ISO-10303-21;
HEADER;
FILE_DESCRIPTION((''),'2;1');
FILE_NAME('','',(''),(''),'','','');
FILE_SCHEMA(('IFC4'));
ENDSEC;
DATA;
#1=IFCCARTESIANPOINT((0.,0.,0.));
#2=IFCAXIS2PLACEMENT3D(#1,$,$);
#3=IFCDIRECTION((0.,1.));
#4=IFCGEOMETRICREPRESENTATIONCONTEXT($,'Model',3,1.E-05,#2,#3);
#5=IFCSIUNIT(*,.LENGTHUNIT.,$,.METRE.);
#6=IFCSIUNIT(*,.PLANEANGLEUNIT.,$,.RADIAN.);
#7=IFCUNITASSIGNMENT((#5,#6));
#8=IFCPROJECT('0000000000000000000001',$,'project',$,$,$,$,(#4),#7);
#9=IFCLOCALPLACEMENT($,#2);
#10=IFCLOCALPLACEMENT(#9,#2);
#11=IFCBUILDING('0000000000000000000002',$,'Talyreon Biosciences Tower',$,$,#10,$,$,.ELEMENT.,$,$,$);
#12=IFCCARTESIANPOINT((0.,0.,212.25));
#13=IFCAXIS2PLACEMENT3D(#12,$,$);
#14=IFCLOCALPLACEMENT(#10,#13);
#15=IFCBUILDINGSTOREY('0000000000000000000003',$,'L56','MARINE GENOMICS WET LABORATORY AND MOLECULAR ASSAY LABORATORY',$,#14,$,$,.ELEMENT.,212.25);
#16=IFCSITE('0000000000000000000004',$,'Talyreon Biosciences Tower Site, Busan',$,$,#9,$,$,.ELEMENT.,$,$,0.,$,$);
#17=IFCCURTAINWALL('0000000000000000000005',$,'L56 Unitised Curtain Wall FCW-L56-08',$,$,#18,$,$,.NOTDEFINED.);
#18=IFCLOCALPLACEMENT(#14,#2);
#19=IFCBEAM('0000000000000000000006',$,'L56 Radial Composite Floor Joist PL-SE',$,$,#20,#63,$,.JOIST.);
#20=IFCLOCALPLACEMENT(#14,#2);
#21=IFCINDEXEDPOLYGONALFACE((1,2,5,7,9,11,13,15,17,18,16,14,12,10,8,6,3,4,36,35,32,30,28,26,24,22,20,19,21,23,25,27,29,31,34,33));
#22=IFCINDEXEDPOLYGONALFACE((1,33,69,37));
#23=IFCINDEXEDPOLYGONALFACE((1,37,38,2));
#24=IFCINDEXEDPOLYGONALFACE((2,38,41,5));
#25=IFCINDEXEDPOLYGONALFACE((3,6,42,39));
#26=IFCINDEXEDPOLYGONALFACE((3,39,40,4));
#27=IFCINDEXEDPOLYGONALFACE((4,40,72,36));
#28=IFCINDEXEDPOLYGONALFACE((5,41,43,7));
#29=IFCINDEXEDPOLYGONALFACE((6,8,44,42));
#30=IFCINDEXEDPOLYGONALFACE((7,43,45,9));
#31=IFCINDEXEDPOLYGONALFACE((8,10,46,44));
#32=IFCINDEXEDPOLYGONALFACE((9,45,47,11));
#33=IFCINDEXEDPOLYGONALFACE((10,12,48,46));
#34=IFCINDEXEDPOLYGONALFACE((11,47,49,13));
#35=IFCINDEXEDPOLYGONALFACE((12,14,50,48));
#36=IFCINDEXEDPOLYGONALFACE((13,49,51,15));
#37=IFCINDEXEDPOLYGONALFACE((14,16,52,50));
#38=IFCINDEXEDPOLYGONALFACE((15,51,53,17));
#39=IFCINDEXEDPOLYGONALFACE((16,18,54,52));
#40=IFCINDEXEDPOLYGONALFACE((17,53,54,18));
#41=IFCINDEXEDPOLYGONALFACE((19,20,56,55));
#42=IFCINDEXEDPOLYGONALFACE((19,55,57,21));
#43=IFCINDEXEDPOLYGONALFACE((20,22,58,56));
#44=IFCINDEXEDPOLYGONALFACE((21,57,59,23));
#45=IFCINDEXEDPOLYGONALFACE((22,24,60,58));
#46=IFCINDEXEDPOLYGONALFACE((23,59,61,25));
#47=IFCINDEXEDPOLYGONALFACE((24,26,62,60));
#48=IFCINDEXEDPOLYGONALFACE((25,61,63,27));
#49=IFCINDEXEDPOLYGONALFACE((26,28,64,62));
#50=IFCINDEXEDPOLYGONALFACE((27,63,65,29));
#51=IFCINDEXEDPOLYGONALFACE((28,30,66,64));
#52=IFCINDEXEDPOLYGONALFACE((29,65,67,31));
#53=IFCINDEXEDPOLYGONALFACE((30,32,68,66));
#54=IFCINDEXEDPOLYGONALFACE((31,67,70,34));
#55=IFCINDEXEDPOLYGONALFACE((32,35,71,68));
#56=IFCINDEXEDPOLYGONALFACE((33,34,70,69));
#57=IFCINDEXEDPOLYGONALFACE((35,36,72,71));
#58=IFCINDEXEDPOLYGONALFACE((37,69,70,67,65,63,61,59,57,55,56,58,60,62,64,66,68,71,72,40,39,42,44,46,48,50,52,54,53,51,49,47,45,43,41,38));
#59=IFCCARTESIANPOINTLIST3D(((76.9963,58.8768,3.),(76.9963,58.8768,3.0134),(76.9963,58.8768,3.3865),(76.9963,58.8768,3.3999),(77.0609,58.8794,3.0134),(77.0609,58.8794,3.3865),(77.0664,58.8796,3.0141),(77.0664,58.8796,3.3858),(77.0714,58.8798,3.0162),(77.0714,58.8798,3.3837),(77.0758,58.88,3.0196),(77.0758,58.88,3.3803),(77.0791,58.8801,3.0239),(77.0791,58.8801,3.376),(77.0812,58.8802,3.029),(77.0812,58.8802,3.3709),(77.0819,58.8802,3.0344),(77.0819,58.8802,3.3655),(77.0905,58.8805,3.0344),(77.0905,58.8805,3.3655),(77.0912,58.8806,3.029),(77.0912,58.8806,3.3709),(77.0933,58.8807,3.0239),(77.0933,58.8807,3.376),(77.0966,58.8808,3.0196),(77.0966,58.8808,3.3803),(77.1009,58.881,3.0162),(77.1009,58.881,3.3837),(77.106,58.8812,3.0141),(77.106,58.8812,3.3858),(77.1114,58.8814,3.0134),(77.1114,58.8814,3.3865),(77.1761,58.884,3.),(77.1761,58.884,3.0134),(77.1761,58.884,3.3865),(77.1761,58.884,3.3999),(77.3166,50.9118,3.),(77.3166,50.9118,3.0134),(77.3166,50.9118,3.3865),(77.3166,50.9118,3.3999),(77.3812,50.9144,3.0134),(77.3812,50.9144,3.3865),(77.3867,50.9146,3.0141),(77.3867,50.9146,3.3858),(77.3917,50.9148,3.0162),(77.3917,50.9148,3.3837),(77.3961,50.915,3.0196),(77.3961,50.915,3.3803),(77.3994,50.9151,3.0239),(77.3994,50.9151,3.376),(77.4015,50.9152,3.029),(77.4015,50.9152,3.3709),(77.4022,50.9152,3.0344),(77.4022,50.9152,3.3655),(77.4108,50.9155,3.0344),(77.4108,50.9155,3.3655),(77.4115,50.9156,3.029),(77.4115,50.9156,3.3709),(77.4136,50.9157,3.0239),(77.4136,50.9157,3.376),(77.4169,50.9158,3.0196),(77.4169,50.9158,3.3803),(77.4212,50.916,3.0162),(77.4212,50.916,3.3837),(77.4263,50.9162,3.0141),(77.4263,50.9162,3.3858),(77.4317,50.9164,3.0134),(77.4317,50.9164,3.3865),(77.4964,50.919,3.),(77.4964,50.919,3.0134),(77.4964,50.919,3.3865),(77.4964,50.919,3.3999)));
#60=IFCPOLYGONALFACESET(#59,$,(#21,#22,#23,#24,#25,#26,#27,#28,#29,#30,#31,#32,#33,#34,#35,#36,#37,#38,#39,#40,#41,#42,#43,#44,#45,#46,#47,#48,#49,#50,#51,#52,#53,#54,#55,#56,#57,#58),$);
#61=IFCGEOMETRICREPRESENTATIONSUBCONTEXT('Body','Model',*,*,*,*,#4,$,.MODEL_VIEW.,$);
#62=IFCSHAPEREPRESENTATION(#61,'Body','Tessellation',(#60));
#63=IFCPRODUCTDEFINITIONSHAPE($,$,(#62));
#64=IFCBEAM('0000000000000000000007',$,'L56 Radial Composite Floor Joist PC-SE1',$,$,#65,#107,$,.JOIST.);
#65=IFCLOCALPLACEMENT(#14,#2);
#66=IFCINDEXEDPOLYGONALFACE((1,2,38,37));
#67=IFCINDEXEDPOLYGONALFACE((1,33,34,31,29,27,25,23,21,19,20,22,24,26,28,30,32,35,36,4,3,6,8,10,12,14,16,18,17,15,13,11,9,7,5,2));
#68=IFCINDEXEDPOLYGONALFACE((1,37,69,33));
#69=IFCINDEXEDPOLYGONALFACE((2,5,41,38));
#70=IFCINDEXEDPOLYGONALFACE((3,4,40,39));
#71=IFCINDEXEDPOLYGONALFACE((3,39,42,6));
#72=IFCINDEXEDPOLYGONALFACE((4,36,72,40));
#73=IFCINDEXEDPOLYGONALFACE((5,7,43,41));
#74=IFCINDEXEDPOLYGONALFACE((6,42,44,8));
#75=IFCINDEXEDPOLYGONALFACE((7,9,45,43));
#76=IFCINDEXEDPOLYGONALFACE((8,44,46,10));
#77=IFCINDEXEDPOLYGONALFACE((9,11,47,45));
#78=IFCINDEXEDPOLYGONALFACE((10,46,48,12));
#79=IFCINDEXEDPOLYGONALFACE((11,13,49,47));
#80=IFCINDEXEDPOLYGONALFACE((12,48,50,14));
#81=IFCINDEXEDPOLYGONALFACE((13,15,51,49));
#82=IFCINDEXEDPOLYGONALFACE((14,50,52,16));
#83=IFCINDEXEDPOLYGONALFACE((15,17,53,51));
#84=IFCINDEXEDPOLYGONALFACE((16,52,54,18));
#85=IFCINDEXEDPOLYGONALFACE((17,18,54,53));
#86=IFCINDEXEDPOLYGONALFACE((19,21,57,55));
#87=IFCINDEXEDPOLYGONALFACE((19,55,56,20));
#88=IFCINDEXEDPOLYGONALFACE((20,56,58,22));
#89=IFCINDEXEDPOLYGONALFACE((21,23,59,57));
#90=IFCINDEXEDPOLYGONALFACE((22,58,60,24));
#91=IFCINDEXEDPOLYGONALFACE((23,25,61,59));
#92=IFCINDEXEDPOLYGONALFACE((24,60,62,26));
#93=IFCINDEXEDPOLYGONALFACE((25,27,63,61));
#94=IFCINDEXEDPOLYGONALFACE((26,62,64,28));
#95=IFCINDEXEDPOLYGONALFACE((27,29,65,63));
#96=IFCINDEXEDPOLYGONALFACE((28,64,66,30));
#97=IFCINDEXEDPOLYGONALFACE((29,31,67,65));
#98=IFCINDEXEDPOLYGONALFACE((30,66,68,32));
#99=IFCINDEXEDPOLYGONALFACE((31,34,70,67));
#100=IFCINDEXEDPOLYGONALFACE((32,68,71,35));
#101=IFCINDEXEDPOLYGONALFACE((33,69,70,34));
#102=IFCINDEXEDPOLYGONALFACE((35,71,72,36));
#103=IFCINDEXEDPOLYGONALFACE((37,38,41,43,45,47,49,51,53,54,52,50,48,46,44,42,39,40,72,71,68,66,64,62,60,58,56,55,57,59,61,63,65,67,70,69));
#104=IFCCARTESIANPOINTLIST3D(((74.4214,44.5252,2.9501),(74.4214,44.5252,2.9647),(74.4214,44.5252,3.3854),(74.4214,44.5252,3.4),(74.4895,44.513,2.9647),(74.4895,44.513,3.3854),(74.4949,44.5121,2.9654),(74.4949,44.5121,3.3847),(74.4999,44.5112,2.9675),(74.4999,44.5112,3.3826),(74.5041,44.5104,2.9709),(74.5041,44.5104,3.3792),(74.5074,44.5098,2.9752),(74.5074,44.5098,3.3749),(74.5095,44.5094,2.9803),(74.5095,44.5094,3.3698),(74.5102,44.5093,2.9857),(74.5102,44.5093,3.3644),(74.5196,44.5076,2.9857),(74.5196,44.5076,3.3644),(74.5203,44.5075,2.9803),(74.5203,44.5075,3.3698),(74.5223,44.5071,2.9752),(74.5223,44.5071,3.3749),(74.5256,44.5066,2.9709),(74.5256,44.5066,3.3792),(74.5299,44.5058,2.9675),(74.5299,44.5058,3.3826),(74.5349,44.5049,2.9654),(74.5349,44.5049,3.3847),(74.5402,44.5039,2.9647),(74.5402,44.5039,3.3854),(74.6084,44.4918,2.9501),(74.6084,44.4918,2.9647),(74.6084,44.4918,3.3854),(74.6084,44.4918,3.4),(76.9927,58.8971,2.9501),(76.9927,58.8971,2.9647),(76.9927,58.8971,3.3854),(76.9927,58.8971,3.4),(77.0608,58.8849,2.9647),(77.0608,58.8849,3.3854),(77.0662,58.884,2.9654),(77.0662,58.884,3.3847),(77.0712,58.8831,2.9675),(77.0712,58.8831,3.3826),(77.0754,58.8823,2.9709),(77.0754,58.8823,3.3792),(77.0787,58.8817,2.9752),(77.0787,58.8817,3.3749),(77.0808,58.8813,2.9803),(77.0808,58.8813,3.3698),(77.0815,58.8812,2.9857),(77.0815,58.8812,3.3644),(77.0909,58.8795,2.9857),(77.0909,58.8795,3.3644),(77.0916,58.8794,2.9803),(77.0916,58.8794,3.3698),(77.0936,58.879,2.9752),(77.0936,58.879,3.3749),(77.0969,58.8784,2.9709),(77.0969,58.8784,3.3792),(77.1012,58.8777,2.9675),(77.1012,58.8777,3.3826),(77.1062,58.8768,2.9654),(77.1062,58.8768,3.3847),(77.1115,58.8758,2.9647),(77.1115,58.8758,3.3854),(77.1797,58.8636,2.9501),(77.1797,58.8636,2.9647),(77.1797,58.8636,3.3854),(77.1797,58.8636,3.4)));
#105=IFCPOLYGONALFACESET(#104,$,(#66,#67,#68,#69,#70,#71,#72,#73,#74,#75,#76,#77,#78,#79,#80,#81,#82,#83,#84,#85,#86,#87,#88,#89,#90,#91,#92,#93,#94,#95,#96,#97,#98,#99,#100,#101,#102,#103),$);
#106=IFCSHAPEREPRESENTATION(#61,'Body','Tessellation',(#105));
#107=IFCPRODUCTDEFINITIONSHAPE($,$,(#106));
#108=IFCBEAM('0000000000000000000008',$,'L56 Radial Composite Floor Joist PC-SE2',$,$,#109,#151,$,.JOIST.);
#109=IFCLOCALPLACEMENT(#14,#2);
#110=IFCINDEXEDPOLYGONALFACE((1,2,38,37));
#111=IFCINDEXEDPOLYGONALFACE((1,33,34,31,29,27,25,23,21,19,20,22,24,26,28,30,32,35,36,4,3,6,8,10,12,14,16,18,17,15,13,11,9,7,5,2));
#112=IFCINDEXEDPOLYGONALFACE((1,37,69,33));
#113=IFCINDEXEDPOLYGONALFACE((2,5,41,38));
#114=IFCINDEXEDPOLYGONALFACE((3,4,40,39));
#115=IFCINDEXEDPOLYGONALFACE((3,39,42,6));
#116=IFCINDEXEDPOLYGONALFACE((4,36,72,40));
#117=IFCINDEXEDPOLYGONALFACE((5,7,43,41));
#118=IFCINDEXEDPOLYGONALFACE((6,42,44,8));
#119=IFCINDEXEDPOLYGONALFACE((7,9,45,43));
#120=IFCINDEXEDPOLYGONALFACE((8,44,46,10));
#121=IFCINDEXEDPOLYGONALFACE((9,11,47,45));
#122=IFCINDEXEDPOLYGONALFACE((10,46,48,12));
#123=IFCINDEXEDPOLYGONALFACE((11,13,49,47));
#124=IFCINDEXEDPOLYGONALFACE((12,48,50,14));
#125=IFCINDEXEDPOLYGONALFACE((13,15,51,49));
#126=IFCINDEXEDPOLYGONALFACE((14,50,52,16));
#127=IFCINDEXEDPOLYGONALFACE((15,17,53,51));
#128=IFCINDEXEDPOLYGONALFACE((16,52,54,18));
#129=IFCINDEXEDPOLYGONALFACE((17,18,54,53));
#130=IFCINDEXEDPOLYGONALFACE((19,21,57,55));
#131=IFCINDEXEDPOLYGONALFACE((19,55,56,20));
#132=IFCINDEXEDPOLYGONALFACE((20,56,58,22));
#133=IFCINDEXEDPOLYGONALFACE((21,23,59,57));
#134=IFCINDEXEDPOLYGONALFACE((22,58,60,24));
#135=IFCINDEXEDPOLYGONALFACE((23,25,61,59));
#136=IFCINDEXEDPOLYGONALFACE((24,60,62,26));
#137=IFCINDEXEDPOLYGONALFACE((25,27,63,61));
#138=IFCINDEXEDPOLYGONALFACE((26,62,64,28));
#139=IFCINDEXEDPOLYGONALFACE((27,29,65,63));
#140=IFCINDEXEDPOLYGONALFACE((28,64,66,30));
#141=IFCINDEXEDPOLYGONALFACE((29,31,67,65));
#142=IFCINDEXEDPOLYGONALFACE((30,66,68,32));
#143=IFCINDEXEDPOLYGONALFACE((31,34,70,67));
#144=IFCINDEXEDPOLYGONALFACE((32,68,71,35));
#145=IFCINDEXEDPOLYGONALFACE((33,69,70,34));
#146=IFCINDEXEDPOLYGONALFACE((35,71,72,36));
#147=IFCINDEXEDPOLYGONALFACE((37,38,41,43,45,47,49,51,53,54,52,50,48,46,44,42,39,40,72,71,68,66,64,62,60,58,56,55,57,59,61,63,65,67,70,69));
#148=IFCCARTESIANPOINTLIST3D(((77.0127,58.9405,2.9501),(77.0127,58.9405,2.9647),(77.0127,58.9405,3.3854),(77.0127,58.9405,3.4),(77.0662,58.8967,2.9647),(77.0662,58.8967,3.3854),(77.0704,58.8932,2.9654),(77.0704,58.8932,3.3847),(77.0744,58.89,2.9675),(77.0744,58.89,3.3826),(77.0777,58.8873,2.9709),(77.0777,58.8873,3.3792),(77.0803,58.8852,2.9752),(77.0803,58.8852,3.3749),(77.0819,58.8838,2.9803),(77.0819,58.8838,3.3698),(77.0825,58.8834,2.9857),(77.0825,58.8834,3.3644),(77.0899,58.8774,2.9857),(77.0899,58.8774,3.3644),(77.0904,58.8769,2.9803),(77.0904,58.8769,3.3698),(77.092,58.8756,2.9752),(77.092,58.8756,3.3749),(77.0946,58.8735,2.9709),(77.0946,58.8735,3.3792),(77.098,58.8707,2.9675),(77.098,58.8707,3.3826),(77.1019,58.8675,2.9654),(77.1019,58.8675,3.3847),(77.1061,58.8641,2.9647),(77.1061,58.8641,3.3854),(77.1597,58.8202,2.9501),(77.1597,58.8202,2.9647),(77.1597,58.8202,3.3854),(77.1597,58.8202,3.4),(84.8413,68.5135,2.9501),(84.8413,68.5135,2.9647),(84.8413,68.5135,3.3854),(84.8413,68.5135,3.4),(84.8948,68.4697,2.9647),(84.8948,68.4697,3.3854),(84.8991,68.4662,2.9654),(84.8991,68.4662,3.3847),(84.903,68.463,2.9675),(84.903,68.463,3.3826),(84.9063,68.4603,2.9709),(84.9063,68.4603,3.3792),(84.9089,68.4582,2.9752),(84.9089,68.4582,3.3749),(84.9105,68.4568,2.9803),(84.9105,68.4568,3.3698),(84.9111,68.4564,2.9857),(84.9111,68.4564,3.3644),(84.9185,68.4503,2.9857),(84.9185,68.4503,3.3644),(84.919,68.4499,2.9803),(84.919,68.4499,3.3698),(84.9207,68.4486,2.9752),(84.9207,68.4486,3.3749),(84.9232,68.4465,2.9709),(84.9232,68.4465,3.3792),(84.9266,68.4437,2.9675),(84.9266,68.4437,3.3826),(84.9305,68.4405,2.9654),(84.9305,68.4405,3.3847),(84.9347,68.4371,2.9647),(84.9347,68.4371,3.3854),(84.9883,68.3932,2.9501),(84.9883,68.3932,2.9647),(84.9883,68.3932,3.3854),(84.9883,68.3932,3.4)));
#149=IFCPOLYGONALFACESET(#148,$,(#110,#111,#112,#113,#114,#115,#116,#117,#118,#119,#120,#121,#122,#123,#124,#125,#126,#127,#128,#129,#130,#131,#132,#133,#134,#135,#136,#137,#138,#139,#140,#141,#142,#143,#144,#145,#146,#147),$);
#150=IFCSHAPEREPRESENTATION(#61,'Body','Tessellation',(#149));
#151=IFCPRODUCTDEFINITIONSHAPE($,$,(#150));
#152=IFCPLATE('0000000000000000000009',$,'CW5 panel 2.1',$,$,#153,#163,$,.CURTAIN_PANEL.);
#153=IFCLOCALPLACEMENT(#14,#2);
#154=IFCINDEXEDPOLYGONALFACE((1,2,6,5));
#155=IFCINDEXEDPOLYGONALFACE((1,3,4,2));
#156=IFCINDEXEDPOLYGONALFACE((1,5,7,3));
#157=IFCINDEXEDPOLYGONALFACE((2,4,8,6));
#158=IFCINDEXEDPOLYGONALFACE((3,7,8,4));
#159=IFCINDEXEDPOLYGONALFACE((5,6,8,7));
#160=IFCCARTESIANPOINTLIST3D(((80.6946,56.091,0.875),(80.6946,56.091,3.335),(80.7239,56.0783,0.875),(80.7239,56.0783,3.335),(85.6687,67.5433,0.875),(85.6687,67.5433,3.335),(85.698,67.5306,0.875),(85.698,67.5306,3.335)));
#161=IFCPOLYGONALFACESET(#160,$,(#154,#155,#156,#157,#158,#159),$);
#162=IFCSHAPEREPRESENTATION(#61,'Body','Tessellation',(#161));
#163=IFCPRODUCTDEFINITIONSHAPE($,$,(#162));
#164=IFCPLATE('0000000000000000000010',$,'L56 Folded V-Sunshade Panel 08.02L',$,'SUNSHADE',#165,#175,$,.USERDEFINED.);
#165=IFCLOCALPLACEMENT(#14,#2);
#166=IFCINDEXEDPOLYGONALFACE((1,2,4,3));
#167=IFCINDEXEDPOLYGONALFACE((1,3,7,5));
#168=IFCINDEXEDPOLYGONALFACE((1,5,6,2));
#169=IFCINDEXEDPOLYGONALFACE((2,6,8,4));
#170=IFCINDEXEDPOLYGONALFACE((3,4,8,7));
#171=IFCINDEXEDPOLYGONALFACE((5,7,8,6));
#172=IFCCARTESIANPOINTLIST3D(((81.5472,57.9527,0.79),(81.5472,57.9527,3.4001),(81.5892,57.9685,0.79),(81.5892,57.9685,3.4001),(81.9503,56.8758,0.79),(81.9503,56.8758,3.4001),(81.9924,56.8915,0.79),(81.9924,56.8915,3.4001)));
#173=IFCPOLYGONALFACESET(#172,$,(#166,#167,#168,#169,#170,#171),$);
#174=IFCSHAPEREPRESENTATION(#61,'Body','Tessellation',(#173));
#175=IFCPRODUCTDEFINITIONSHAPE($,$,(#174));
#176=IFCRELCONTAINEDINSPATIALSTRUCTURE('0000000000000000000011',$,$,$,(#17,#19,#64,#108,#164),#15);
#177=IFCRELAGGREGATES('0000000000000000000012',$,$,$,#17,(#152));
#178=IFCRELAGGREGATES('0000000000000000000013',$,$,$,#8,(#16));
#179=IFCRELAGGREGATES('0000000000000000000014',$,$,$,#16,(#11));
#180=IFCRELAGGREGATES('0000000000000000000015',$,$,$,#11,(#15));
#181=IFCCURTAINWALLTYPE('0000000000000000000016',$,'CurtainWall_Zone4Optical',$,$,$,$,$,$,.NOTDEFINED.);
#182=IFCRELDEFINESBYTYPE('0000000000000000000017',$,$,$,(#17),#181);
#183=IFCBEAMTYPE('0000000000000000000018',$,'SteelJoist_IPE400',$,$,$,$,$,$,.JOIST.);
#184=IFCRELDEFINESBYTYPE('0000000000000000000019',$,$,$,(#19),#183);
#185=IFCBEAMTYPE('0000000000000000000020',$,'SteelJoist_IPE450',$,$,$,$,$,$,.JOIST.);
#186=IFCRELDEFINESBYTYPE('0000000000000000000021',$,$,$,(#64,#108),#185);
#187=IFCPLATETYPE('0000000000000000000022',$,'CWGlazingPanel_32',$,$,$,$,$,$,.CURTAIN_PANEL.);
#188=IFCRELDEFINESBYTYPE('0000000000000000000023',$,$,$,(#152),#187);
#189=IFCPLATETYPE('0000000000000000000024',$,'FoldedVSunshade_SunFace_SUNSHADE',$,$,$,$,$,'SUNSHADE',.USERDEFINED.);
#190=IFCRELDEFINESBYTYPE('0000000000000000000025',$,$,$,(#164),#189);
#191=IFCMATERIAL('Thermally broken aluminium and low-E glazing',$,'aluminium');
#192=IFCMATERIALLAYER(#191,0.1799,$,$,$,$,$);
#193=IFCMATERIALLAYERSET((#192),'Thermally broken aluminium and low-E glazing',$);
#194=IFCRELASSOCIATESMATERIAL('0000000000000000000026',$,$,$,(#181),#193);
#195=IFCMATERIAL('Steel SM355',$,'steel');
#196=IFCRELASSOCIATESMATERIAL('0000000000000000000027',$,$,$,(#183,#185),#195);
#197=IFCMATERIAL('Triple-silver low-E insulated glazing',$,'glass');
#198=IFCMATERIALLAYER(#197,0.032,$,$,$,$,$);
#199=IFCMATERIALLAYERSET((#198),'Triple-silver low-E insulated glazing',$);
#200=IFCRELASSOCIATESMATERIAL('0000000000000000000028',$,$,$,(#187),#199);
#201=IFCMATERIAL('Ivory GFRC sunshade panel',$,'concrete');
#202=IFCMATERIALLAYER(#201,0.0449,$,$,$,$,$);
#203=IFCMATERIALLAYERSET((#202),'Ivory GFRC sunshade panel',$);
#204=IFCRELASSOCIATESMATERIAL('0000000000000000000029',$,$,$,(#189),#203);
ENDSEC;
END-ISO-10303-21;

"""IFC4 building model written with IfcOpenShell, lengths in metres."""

from ifc_helpers import new_model, si_unit, direction, frame, origin, origin_2d, place, context, subcontext, project, spatial, rectangle, i_section, extrude, material, layer, layer_set, material_profile, profile_set, type_object, element, aggregate, save


model = new_model("IFC4")

# Units and contexts
model_context = context("Model", 3, precision=1e-05, world=origin(), true_north=direction((0.0, 1.0)))
body_context = subcontext(model_context, "Body", "Model", "MODEL_VIEW")
ifc_project = project(units=[si_unit("LENGTHUNIT", "METRE"), si_unit("PLANEANGLEUNIT", "RADIAN")], contexts=[model_context])

# Site, building, storey
site_placement = place(None, origin())
site = spatial("IfcSite", under=ifc_project, at=site_placement, Name="Talyreon Biosciences Tower Site, Busan", CompositionType="ELEMENT", RefElevation=0.0)
building_placement = place(site_placement, origin())
building = spatial("IfcBuilding", under=site, at=building_placement, Name="Talyreon Biosciences Tower", CompositionType="ELEMENT")
storey_placement = place(building_placement, frame((0.0, 0.0, 212.25)))
storey = spatial("IfcBuildingStorey", under=building, at=storey_placement, Name="L56", Description="MARINE GENOMICS WET LABORATORY AND MOLECULAR ASSAY LABORATORY", CompositionType="ELEMENT", Elevation=212.25)

# Curtain wall
ifc_material_1 = material(Name="Thermally broken aluminium and low-E glazing", Category="aluminium")
ifc_layer_1 = layer(ifc_material_1, 0.1799)
ifc_layer_set_1 = layer_set([ifc_layer_1], Name="Thermally broken aluminium and low-E glazing")
curtain_wall_type = type_object("IfcCurtainWallType", Name="CurtainWall_Zone4Optical", PredefinedType="NOTDEFINED", material=ifc_layer_set_1)
curtain_wall_placement = place(storey_placement, origin())
curtain_wall = element("IfcCurtainWall", 1, at=curtain_wall_placement, inside=storey, type_object=curtain_wall_type, Name="L56 Unitised Curtain Wall FCW-L56-08", PredefinedType="NOTDEFINED")

# Beams
ifc_material_2 = material(Name="Steel SM355", Category="steel")
ifc_material_profile_1 = material_profile(ifc_material_2, i_section(OverallWidth=0.1799, OverallDepth=0.3999, WebThickness=0.0085, FlangeThickness=0.0134, FilletRadius=0.021, at=origin_2d()), Name="IPE400")
ifc_profile_set_1 = profile_set([ifc_material_profile_1], Name="Steel SM355")
beam_type_1 = type_object("IfcBeamType", Name="SteelJoist_IPE400", PredefinedType="JOIST", material=ifc_profile_set_1)
beam_1_placement = place(storey_placement, frame((77.0862, 58.8804, 3.2), z_axis=(0.040182, -0.999192, 0.0), x_axis=(0.999192, 0.040182, 0.0)))
element("IfcBeam", 2, at=beam_1_placement, inside=storey, type_object=beam_type_1, Name="L56 Radial Composite Floor Joist PL-SE", PredefinedType="JOIST", context=body_context, shape_type="SweptSolid", body=[
    extrude(i_section(OverallWidth=0.1799, OverallDepth=0.3999, WebThickness=0.0085, FlangeThickness=0.0134, FilletRadius=0.021, at=origin_2d()), origin(), (0.0, 0.0, 1.0), 7.9714),
])
ifc_material_profile_2 = material_profile(ifc_material_2, i_section(OverallWidth=0.1899, OverallDepth=0.45, WebThickness=0.0095, FlangeThickness=0.0146, FilletRadius=0.021, at=origin_2d()), Name="IPE450")
ifc_profile_set_2 = profile_set([ifc_material_profile_2], Name="Steel SM355")
beam_type_2 = type_object("IfcBeamType", Name="SteelJoist_IPE450", PredefinedType="JOIST", material=ifc_profile_set_2)
beam_2_placement = place(storey_placement, frame((77.0862, 58.8804, 3.175), z_axis=(-0.176115, -0.98437, 0.0), x_axis=(0.98437, -0.176115, 0.0)))
element("IfcBeam", 3, at=beam_2_placement, inside=storey, type_object=beam_type_2, Name="L56 Radial Composite Floor Joist PC-SE1", PredefinedType="JOIST", context=body_context, shape_type="SweptSolid", body=[
    extrude(i_section(OverallWidth=0.1899, OverallDepth=0.45, WebThickness=0.0095, FlangeThickness=0.0146, FilletRadius=0.021, at=origin_2d()), origin(), (0.0, 0.0, 1.0), 14.6001),
])
beam_3_placement = place(storey_placement, frame((77.0862, 58.8804, 3.175), z_axis=(0.633052, 0.774109, 0.0), x_axis=(-0.774109, 0.633052, 0.0)))
element("IfcBeam", 4, at=beam_3_placement, inside=storey, type_object=beam_type_2, Name="L56 Radial Composite Floor Joist PC-SE2", PredefinedType="JOIST", context=body_context, shape_type="SweptSolid", body=[
    extrude(i_section(OverallWidth=0.1899, OverallDepth=0.45, WebThickness=0.0095, FlangeThickness=0.0146, FilletRadius=0.021, at=origin_2d()), origin(), (0.0, 0.0, 1.0), 12.3665),
])

# Plates
ifc_material_3 = material(Name="Triple-silver low-E insulated glazing", Category="glass")
ifc_layer_2 = layer(ifc_material_3, 0.032)
ifc_layer_set_2 = layer_set([ifc_layer_2], Name="Triple-silver low-E insulated glazing")
plate_type_1 = type_object("IfcPlateType", Name="CWGlazingPanel_32", PredefinedType="CURTAIN_PANEL", material=ifc_layer_set_2)
plate_1_placement = place(storey_placement, frame((83.1963, 61.8108, 0.875), z_axis=(0.0, 0.0, 1.0), x_axis=(-0.398376, -0.917222, 0.0)))
plate_1 = element("IfcPlate", 5, at=plate_1_placement, type_object=plate_type_1, Name="CW5 panel 2.1", PredefinedType="CURTAIN_PANEL", context=body_context, shape_type="SweptSolid", body=[
    extrude(rectangle(XDim=12.4858, YDim=0.032, at=origin_2d()), origin(), (0.0, 0.0, 1.0), 2.46),
])
aggregate(curtain_wall, [plate_1])
ifc_material_4 = material(Name="Ivory GFRC sunshade panel", Category="concrete")
ifc_layer_3 = layer(ifc_material_4, 0.0449)
ifc_layer_set_3 = layer_set([ifc_layer_3], Name="Ivory GFRC sunshade panel")
plate_type_2 = type_object("IfcPlateType", Name="FoldedVSunshade_SunFace_SUNSHADE", ElementType="SUNSHADE", PredefinedType="USERDEFINED", material=ifc_layer_set_3)
plate_2_placement = place(storey_placement, frame((81.7698, 57.4221, 0.79), z_axis=(0.0, 0.0, 1.0), x_axis=(0.350583, -0.936532, 0.0)))
element("IfcPlate", 6, at=plate_2_placement, inside=storey, type_object=plate_type_2, Name="L56 Folded V-Sunshade Panel 08.02L", ObjectType="SUNSHADE", PredefinedType="USERDEFINED", context=body_context, shape_type="SweptSolid", body=[
    extrude(rectangle(XDim=1.1499, YDim=0.0449, at=origin_2d()), origin(), (0.0, 0.0, 1.0), 2.6101),
])

save(model, "model.ifc")
